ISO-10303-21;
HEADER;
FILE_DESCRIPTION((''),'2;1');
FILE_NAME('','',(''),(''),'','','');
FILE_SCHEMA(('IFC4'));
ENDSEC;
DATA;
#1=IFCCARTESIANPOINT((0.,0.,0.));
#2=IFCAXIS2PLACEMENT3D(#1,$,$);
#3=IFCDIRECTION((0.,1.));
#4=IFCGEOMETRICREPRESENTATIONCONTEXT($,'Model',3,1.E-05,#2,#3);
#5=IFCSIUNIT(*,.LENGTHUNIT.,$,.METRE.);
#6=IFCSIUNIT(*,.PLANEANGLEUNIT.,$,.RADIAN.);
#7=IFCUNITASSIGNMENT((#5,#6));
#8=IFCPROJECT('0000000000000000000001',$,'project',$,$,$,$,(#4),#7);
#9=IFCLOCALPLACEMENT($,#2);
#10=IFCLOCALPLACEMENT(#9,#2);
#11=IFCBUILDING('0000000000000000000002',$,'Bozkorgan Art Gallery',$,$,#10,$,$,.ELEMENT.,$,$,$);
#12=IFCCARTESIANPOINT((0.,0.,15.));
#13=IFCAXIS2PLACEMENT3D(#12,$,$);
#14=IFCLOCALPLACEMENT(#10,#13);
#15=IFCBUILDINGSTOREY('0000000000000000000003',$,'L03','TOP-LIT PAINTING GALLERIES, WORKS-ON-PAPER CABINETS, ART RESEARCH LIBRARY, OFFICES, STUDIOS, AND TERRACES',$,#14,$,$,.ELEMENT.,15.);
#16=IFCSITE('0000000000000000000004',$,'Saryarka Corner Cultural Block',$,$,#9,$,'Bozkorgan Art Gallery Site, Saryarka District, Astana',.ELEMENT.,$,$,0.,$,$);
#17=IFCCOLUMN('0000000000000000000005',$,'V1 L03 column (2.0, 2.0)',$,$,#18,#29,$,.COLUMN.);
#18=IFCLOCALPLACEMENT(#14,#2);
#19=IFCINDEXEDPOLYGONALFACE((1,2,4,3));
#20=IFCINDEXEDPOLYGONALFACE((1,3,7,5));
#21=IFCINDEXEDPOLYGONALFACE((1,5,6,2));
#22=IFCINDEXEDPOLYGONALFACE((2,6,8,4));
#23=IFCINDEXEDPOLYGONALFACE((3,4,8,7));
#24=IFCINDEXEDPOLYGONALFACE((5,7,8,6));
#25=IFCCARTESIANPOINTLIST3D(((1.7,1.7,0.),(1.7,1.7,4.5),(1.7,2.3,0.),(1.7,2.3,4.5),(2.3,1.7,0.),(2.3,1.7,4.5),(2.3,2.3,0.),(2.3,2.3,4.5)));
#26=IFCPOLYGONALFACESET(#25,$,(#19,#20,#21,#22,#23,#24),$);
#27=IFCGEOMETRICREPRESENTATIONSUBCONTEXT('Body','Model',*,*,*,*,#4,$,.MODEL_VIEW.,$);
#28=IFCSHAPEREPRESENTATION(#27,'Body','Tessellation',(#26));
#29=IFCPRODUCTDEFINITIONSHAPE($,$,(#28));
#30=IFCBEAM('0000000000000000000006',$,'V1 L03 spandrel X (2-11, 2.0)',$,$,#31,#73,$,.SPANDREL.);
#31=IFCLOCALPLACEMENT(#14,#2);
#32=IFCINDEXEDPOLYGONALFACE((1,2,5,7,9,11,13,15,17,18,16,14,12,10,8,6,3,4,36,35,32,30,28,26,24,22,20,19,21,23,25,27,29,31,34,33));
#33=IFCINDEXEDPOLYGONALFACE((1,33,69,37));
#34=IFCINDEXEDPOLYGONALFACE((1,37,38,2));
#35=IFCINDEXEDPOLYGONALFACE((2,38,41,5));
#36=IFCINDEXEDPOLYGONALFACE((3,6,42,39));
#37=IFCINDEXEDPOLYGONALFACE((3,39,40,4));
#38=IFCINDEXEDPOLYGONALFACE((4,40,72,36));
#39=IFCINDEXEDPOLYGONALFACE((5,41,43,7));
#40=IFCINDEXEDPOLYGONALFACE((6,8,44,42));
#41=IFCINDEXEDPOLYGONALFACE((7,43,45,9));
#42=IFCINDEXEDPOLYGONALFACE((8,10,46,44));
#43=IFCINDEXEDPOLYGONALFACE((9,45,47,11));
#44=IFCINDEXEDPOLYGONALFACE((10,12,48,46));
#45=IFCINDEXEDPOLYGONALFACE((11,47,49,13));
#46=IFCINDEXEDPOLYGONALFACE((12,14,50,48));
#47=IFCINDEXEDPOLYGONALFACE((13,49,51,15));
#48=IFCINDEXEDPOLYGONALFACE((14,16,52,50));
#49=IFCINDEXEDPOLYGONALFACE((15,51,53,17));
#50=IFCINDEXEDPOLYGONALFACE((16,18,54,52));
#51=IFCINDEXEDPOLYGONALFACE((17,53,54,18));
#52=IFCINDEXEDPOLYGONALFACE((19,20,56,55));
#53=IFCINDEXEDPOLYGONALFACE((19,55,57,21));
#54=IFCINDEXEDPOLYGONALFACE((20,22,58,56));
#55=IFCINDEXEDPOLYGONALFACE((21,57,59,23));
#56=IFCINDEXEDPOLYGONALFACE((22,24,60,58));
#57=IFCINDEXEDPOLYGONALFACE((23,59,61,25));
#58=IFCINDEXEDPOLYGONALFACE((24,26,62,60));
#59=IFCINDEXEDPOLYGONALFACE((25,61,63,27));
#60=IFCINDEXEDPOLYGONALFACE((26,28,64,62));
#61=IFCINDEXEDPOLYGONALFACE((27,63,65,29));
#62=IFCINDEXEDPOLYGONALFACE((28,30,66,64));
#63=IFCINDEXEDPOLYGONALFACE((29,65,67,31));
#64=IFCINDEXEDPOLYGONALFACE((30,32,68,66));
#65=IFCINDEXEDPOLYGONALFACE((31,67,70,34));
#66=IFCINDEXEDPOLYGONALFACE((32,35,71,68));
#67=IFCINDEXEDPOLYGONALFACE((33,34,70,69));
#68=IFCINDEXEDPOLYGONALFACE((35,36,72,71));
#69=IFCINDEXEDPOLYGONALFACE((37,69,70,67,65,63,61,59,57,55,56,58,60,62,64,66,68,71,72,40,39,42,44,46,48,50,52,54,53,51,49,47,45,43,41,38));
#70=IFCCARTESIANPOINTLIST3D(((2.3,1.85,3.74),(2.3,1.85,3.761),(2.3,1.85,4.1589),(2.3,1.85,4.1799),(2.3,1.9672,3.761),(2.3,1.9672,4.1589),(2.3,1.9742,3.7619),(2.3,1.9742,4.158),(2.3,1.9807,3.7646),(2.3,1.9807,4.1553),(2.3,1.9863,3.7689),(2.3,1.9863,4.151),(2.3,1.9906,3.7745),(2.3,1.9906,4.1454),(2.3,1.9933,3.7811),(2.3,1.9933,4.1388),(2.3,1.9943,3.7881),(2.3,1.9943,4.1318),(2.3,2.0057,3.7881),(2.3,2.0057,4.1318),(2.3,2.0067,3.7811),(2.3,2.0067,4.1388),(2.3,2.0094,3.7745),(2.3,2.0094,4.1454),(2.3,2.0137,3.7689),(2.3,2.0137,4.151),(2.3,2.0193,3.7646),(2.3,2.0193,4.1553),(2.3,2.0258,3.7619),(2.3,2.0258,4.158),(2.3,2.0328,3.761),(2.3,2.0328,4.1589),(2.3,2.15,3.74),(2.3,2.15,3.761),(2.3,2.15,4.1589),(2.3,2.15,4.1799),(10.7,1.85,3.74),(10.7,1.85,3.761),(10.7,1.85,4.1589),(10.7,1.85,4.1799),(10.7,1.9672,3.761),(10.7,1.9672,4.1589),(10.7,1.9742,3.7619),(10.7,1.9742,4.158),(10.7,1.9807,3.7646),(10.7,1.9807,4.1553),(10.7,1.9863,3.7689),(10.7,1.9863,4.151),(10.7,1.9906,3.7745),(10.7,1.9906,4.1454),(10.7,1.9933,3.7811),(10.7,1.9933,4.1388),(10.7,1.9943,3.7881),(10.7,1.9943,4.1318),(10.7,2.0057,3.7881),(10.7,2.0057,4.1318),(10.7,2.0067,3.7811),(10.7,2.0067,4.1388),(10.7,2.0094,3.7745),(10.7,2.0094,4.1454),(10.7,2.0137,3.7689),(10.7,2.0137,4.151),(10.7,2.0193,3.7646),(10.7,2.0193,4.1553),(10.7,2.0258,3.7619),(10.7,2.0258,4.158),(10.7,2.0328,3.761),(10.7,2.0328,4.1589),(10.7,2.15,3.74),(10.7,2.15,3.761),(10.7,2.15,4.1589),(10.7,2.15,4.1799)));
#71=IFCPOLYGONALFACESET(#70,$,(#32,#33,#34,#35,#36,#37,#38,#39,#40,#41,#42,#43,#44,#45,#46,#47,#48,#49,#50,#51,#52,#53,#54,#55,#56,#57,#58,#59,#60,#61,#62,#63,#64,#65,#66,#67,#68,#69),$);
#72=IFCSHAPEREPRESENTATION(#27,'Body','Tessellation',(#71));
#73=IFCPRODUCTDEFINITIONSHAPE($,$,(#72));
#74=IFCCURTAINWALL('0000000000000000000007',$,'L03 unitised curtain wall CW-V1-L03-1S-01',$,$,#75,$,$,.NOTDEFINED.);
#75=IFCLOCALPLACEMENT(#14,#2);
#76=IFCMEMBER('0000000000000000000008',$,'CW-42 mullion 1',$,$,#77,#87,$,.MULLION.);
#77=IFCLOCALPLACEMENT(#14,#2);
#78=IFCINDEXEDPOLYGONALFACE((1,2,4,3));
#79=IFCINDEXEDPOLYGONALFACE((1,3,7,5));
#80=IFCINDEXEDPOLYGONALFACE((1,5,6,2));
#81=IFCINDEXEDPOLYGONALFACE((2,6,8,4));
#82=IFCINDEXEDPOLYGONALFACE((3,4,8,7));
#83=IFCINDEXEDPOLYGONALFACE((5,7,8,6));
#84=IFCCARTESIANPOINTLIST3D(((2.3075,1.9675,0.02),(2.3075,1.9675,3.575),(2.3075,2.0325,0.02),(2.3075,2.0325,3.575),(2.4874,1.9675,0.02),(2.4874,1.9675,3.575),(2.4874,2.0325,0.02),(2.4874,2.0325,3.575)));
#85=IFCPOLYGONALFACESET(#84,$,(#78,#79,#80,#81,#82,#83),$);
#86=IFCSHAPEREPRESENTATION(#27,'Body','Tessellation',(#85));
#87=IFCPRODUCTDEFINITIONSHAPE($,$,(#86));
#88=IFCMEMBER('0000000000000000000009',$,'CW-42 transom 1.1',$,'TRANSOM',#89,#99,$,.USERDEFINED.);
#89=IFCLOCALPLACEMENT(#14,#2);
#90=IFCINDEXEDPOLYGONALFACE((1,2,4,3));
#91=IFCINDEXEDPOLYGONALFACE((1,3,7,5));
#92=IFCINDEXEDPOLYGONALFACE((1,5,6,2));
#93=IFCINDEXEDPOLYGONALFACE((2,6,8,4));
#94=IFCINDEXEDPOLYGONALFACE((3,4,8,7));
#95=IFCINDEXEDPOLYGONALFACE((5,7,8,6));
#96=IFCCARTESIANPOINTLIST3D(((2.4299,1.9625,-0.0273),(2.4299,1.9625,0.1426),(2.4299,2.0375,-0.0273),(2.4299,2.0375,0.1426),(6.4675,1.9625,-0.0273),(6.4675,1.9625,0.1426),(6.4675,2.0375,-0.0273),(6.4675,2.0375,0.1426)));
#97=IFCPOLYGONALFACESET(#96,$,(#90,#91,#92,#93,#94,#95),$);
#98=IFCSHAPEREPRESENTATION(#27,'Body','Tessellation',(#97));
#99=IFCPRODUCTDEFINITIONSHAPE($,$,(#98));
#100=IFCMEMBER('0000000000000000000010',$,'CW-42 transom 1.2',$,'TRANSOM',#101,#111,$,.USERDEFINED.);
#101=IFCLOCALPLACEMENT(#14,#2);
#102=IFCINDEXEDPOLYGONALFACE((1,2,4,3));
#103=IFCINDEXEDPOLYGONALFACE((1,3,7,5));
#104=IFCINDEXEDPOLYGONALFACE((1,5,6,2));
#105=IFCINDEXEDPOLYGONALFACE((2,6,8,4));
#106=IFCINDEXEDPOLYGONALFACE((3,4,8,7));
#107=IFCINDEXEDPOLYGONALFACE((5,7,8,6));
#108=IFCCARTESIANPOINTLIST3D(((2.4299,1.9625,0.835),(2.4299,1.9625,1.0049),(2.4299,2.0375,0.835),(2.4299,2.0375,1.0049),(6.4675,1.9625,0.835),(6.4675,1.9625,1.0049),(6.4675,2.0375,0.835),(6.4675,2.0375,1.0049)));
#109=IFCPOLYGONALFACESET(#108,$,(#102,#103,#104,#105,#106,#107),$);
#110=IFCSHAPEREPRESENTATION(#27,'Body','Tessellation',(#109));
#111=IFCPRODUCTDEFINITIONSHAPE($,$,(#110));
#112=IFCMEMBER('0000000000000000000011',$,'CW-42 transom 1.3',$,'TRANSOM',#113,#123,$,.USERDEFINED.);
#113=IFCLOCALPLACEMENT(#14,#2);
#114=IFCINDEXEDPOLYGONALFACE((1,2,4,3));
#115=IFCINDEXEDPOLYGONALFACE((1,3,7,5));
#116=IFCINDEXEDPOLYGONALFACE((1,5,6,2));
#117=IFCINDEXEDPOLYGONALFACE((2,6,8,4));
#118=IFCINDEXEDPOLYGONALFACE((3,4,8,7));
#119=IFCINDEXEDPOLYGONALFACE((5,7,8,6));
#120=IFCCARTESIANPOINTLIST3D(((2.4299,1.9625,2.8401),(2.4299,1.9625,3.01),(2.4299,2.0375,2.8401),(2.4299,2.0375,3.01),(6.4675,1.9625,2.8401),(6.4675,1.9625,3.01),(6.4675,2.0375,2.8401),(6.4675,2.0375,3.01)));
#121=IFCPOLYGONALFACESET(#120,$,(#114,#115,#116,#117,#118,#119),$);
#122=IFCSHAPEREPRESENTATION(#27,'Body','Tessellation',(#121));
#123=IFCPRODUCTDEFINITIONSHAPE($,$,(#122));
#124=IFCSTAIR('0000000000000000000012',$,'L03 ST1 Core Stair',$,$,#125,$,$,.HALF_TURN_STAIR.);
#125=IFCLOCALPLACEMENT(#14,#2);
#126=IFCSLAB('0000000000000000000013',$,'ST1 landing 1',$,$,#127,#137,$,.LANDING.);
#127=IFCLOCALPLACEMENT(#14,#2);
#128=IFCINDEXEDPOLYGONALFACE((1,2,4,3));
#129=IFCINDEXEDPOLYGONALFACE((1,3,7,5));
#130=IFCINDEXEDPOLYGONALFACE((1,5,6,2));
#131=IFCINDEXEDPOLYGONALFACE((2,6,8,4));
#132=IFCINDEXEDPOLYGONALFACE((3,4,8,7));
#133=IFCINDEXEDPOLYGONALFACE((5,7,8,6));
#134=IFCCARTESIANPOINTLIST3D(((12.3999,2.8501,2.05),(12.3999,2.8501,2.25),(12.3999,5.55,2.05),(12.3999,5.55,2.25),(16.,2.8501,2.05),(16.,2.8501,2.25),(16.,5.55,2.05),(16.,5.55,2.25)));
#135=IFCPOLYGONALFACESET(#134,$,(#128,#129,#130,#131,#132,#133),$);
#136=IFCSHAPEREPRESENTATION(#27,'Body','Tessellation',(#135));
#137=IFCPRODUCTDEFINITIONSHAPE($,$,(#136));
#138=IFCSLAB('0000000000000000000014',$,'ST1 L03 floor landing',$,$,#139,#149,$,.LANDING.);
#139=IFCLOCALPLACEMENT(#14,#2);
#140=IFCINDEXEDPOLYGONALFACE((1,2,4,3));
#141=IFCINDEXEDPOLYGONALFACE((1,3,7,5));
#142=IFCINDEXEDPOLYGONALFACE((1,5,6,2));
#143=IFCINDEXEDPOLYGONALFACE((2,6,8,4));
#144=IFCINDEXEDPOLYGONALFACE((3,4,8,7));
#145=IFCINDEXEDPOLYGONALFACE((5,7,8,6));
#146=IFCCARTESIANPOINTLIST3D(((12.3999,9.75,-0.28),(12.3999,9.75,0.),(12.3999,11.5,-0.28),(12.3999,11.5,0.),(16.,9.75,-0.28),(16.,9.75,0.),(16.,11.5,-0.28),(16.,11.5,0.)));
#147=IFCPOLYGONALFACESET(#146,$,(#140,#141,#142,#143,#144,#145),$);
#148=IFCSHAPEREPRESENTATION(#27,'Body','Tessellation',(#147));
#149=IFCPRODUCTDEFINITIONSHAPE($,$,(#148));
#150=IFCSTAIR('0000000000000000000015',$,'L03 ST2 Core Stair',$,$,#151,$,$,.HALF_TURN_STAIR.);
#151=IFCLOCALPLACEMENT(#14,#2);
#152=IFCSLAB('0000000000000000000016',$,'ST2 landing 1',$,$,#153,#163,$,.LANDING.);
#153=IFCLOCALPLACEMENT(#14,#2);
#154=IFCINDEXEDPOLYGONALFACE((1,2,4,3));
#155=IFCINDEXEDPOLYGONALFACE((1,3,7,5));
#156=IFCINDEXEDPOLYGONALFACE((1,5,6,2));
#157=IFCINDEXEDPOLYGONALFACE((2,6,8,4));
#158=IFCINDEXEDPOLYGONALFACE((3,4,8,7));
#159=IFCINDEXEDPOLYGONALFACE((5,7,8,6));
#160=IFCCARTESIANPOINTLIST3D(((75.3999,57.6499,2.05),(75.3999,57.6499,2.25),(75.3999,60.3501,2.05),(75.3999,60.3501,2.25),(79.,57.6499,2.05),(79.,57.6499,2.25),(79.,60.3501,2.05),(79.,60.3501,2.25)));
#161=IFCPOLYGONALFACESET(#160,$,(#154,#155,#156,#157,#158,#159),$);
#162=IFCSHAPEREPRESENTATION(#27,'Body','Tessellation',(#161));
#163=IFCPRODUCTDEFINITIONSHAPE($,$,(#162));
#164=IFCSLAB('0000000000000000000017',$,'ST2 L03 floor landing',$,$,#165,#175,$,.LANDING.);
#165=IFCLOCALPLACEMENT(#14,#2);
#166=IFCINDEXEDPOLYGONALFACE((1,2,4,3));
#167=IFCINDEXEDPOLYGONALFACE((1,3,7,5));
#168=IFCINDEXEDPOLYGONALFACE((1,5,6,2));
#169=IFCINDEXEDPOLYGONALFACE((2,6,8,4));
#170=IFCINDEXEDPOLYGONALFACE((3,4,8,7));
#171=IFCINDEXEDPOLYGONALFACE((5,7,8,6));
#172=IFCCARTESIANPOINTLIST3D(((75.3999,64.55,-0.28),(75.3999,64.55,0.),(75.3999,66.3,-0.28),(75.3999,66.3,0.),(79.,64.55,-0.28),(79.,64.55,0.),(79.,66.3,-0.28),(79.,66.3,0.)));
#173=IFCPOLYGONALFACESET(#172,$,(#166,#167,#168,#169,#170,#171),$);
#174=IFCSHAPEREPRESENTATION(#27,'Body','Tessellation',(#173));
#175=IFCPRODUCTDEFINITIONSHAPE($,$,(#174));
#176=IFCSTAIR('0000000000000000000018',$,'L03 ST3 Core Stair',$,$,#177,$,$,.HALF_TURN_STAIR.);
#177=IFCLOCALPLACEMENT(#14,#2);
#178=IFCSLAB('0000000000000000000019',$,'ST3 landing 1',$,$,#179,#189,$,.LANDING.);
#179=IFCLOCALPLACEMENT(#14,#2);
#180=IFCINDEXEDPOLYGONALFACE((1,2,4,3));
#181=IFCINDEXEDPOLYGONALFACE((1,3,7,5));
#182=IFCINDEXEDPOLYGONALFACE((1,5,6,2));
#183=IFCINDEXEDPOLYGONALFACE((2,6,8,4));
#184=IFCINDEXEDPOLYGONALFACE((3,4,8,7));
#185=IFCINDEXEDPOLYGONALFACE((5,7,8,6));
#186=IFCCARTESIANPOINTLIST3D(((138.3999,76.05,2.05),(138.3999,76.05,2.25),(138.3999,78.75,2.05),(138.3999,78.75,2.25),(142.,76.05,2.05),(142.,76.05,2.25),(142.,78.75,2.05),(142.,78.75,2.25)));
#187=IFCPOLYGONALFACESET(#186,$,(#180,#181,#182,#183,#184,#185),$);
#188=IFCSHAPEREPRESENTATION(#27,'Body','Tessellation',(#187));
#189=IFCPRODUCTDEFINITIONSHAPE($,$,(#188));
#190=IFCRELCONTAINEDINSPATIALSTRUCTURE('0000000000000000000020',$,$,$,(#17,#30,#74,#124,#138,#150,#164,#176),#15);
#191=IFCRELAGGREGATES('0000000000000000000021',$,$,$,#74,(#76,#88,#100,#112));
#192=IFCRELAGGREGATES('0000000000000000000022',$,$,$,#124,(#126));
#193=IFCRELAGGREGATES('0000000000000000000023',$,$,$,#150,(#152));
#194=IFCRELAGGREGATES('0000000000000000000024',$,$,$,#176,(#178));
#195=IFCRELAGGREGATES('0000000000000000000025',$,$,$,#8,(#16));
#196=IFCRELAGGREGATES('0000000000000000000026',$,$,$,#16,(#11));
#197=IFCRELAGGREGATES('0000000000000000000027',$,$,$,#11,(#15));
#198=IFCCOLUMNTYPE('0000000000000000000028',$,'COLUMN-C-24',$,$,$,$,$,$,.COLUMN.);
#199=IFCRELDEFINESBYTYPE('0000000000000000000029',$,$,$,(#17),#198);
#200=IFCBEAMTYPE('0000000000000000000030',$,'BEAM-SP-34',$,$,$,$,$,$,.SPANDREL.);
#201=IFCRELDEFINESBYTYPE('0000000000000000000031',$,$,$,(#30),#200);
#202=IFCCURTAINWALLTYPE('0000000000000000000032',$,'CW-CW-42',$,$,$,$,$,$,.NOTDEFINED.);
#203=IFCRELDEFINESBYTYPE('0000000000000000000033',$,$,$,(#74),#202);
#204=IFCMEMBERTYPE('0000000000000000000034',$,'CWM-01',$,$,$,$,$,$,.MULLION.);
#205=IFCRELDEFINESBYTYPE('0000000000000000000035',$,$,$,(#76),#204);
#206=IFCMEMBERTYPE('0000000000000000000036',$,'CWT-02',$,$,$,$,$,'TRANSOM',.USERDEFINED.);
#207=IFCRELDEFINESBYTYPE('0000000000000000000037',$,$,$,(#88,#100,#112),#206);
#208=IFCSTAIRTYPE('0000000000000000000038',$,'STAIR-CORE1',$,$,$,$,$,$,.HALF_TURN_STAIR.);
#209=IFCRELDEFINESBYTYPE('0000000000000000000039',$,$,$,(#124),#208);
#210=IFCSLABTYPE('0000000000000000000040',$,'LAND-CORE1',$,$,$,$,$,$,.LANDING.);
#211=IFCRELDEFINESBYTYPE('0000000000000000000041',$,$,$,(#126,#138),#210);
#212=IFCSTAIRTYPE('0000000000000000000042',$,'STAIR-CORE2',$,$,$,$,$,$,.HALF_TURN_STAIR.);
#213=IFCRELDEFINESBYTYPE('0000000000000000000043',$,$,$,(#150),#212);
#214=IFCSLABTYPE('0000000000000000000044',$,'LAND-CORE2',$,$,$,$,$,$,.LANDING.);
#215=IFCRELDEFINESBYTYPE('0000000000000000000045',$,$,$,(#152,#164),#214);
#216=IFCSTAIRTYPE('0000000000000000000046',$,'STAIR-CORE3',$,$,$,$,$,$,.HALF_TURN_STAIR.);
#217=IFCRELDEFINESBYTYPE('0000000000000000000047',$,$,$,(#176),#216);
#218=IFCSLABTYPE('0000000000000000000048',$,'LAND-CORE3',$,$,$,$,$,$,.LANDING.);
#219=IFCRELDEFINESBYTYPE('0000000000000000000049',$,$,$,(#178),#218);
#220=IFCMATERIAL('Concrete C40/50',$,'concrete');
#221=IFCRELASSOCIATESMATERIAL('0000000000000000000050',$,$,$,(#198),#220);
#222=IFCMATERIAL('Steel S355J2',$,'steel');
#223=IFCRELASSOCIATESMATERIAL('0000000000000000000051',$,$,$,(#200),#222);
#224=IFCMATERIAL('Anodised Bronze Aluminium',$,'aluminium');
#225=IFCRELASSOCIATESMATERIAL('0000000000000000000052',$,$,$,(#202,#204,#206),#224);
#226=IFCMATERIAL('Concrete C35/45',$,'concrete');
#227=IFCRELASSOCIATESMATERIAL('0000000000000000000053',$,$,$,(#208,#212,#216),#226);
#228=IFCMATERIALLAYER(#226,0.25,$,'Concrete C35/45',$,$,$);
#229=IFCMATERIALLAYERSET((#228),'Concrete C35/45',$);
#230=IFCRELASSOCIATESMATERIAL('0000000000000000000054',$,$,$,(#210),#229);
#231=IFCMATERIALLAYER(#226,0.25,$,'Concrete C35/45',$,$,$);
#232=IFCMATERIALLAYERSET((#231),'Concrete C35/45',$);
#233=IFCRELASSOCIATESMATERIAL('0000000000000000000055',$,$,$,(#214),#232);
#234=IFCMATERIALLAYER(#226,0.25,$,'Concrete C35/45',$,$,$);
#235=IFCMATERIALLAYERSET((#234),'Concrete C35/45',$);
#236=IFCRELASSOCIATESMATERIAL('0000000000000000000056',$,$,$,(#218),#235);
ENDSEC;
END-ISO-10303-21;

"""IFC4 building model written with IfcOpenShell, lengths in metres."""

from ifc_helpers import new_model, si_unit, direction, frame, origin, origin_2d, place, context, subcontext, project, spatial, polyline, rectangle, i_section, outline, extrude, material, layer, layer_set, material_profile, profile_set, type_object, element, aggregate, save


model = new_model("IFC4")

# Units and contexts
model_context = context("Model", 3, precision=1e-05, world=origin(), true_north=direction((0.0, 1.0)))
body_context = subcontext(model_context, "Body", "Model", "MODEL_VIEW")
ifc_project = project(units=[si_unit("LENGTHUNIT", "METRE"), si_unit("PLANEANGLEUNIT", "RADIAN")], contexts=[model_context])

# Site, building, storey
site_placement = place(None, origin())
site = spatial("IfcSite", under=ifc_project, at=site_placement, Name="Saryarka Corner Cultural Block", LongName="Bozkorgan Art Gallery Site, Saryarka District, Astana", CompositionType="ELEMENT", RefElevation=0.0)
building_placement = place(site_placement, origin())
building = spatial("IfcBuilding", under=site, at=building_placement, Name="Bozkorgan Art Gallery", CompositionType="ELEMENT")
storey_placement = place(building_placement, frame((0.0, 0.0, 15.0)))
storey = spatial("IfcBuildingStorey", under=building, at=storey_placement, Name="L03", Description="TOP-LIT PAINTING GALLERIES, WORKS-ON-PAPER CABINETS, ART RESEARCH LIBRARY, OFFICES, STUDIOS, AND TERRACES", CompositionType="ELEMENT", Elevation=15.0)

# Column
ifc_material_1 = material(Name="Concrete C40/50", Category="concrete")
ifc_material_profile_1 = material_profile(ifc_material_1, rectangle(XDim=0.6001, YDim=0.6001, at=origin_2d()), Name="RC 600x600")
ifc_profile_set_1 = profile_set([ifc_material_profile_1], Name="Concrete C40/50")
column_type = type_object("IfcColumnType", Name="COLUMN-C-24", PredefinedType="COLUMN", material=ifc_profile_set_1)
column_placement = place(storey_placement, frame((2.0, 2.0, 0.0), z_axis=(0.0, 0.0, 1.0), x_axis=(1.0, 0.0, 0.0)))
element("IfcColumn", 1, at=column_placement, inside=storey, type_object=column_type, Name="V1 L03 column (2.0, 2.0)", PredefinedType="COLUMN", context=body_context, shape_type="SweptSolid", body=[
    extrude(rectangle(XDim=0.6001, YDim=0.6001, at=origin_2d()), origin(), (0.0, 0.0, 1.0), 4.5),
])

# Beam
ifc_material_2 = material(Name="Steel S355J2", Category="steel")
ifc_material_profile_2 = material_profile(ifc_material_2, i_section(OverallWidth=0.3, OverallDepth=0.4399, WebThickness=0.0115, FlangeThickness=0.021, FilletRadius=0.0271, at=origin_2d()), Name="HEA 450")
ifc_profile_set_2 = profile_set([ifc_material_profile_2], Name="Steel S355J2")
beam_type = type_object("IfcBeamType", Name="BEAM-SP-34", PredefinedType="SPANDREL", material=ifc_profile_set_2)
beam_placement = place(storey_placement, frame((2.3, 2.0, 3.96), z_axis=(1.0, 0.0, 0.0), x_axis=(0.0, 1.0, 0.0)))
element("IfcBeam", 2, at=beam_placement, inside=storey, type_object=beam_type, Name="V1 L03 spandrel X (2-11, 2.0)", PredefinedType="SPANDREL", context=body_context, shape_type="SweptSolid", body=[
    extrude(i_section(OverallWidth=0.3, OverallDepth=0.4399, WebThickness=0.0115, FlangeThickness=0.021, FilletRadius=0.0271, at=origin_2d()), origin(), (0.0, 0.0, 1.0), 8.3999),
])

# Curtain wall, members
ifc_material_3 = material(Name="Anodised Bronze Aluminium", Category="aluminium")
curtain_wall_type = type_object("IfcCurtainWallType", Name="CW-CW-42", PredefinedType="NOTDEFINED", material=ifc_material_3)
curtain_wall_placement = place(storey_placement, origin())
curtain_wall = element("IfcCurtainWall", 3, at=curtain_wall_placement, inside=storey, type_object=curtain_wall_type, Name="L03 unitised curtain wall CW-V1-L03-1S-01", PredefinedType="NOTDEFINED")
ifc_material_profile_3 = material_profile(ifc_material_3, rectangle(XDim=0.0649, YDim=0.1799, at=origin_2d()), Name="ALU MULLION 65x180")
ifc_profile_set_3 = profile_set([ifc_material_profile_3], Name="Anodised Bronze Aluminium")
member_type_1 = type_object("IfcMemberType", Name="CWM-01", PredefinedType="MULLION", material=ifc_profile_set_3)
member_1_placement = place(storey_placement, frame((2.3975, 2.0, 0.02), z_axis=(0.0, 0.0, 1.0), x_axis=(0.0, 1.0, 0.0)))
member_1 = element("IfcMember", 4, at=member_1_placement, type_object=member_type_1, Name="CW-42 mullion 1", PredefinedType="MULLION", context=body_context, shape_type="SweptSolid", body=[
    extrude(rectangle(XDim=0.0649, YDim=0.1799, at=origin_2d()), origin(), (0.0, 0.0, 1.0), 3.5549),
])
ifc_material_profile_4 = material_profile(ifc_material_3, rectangle(XDim=0.075, YDim=0.1699, at=origin_2d()), Name="ALU TRANSOM 75x170")
ifc_profile_set_4 = profile_set([ifc_material_profile_4], Name="Anodised Bronze Aluminium")
member_type_2 = type_object("IfcMemberType", Name="CWT-02", ElementType="TRANSOM", PredefinedType="USERDEFINED", material=ifc_profile_set_4)
member_2_placement = place(storey_placement, frame((2.4299, 2.0, 0.0576), z_axis=(1.0, 0.0, 0.0), x_axis=(0.0, 1.0, 0.0)))
member_2 = element("IfcMember", 5, at=member_2_placement, type_object=member_type_2, Name="CW-42 transom 1.1", ObjectType="TRANSOM", PredefinedType="USERDEFINED", context=body_context, shape_type="SweptSolid", body=[
    extrude(rectangle(XDim=0.075, YDim=0.1699, at=origin_2d()), origin(), (0.0, 0.0, 1.0), 4.0376),
])
member_3_placement = place(storey_placement, frame((2.4299, 2.0, 0.9199), z_axis=(1.0, 0.0, 0.0), x_axis=(0.0, 1.0, 0.0)))
member_3 = element("IfcMember", 6, at=member_3_placement, type_object=member_type_2, Name="CW-42 transom 1.2", ObjectType="TRANSOM", PredefinedType="USERDEFINED", context=body_context, shape_type="SweptSolid", body=[
    extrude(rectangle(XDim=0.075, YDim=0.1699, at=origin_2d()), origin(), (0.0, 0.0, 1.0), 4.0376),
])
member_4_placement = place(storey_placement, frame((2.4299, 2.0, 2.925), z_axis=(1.0, 0.0, 0.0), x_axis=(0.0, 1.0, 0.0)))
member_4 = element("IfcMember", 7, at=member_4_placement, type_object=member_type_2, Name="CW-42 transom 1.3", ObjectType="TRANSOM", PredefinedType="USERDEFINED", context=body_context, shape_type="SweptSolid", body=[
    extrude(rectangle(XDim=0.075, YDim=0.1699, at=origin_2d()), origin(), (0.0, 0.0, 1.0), 4.0376),
])
aggregate(curtain_wall, [member_1, member_2, member_3, member_4])

# Stair, slab
ifc_material_4 = material(Name="Concrete C35/45", Category="concrete")
stair_type_1 = type_object("IfcStairType", Name="STAIR-CORE1", PredefinedType="HALF_TURN_STAIR", material=ifc_material_4)
stair_1_placement = place(storey_placement, origin())
stair_1 = element("IfcStair", 8, at=stair_1_placement, inside=storey, type_object=stair_type_1, Name="L03 ST1 Core Stair", PredefinedType="HALF_TURN_STAIR")
ifc_layer_1 = layer(ifc_material_4, 0.25, Name="Concrete C35/45")
ifc_layer_set_1 = layer_set([ifc_layer_1], Name="Concrete C35/45")
slab_type_1 = type_object("IfcSlabType", Name="LAND-CORE1", PredefinedType="LANDING", material=ifc_layer_set_1)
slab_1_placement = place(storey_placement, frame((0.0, 0.0, 2.05)))
slab_1 = element("IfcSlab", 9, at=slab_1_placement, type_object=slab_type_1, Name="ST1 landing 1", PredefinedType="LANDING", context=body_context, shape_type="SweptSolid", body=[
    extrude(outline(polyline([(12.3999, 5.55), (12.3999, 2.8501), (16.0, 2.8501), (16.0, 5.55), (12.3999, 5.55)])), origin(), (0.0, 0.0, 1.0), 0.2),
])
aggregate(stair_1, [slab_1])

# Slab
slab_2_placement = place(storey_placement, frame((0.0, 0.0, -0.28)))
element("IfcSlab", 10, at=slab_2_placement, inside=storey, type_object=slab_type_1, Name="ST1 L03 floor landing", PredefinedType="LANDING", context=body_context, shape_type="SweptSolid", body=[
    extrude(outline(polyline([(12.3999, 9.75), (16.0, 9.75), (16.0, 11.5), (12.3999, 11.5), (12.3999, 9.75)])), origin(), (0.0, 0.0, 1.0), 0.28),
])

# Stair, slab
stair_type_2 = type_object("IfcStairType", Name="STAIR-CORE2", PredefinedType="HALF_TURN_STAIR", material=ifc_material_4)
stair_2_placement = place(storey_placement, origin())
stair_2 = element("IfcStair", 11, at=stair_2_placement, inside=storey, type_object=stair_type_2, Name="L03 ST2 Core Stair", PredefinedType="HALF_TURN_STAIR")
ifc_layer_2 = layer(ifc_material_4, 0.25, Name="Concrete C35/45")
ifc_layer_set_2 = layer_set([ifc_layer_2], Name="Concrete C35/45")
slab_type_2 = type_object("IfcSlabType", Name="LAND-CORE2", PredefinedType="LANDING", material=ifc_layer_set_2)
slab_3_placement = place(storey_placement, frame((0.0, 0.0, 2.05)))
slab_3 = element("IfcSlab", 12, at=slab_3_placement, type_object=slab_type_2, Name="ST2 landing 1", PredefinedType="LANDING", context=body_context, shape_type="SweptSolid", body=[
    extrude(outline(polyline([(75.3999, 60.3501), (75.3999, 57.6499), (79.0, 57.6499), (79.0, 60.3501), (75.3999, 60.3501)])), origin(), (0.0, 0.0, 1.0), 0.2),
])
aggregate(stair_2, [slab_3])

# Slab
slab_4_placement = place(storey_placement, frame((0.0, 0.0, -0.28)))
element("IfcSlab", 13, at=slab_4_placement, inside=storey, type_object=slab_type_2, Name="ST2 L03 floor landing", PredefinedType="LANDING", context=body_context, shape_type="SweptSolid", body=[
    extrude(outline(polyline([(75.3999, 64.55), (79.0, 64.55), (79.0, 66.3), (75.3999, 66.3), (75.3999, 64.55)])), origin(), (0.0, 0.0, 1.0), 0.28),
])

# Stair, slab
stair_type_3 = type_object("IfcStairType", Name="STAIR-CORE3", PredefinedType="HALF_TURN_STAIR", material=ifc_material_4)
stair_3_placement = place(storey_placement, origin())
stair_3 = element("IfcStair", 14, at=stair_3_placement, inside=storey, type_object=stair_type_3, Name="L03 ST3 Core Stair", PredefinedType="HALF_TURN_STAIR")
ifc_layer_3 = layer(ifc_material_4, 0.25, Name="Concrete C35/45")
ifc_layer_set_3 = layer_set([ifc_layer_3], Name="Concrete C35/45")
slab_type_3 = type_object("IfcSlabType", Name="LAND-CORE3", PredefinedType="LANDING", material=ifc_layer_set_3)
slab_5_placement = place(storey_placement, frame((0.0, 0.0, 2.05)))
slab_5 = element("IfcSlab", 15, at=slab_5_placement, type_object=slab_type_3, Name="ST3 landing 1", PredefinedType="LANDING", context=body_context, shape_type="SweptSolid", body=[
    extrude(outline(polyline([(138.3999, 78.75), (138.3999, 76.05), (142.0, 76.05), (142.0, 78.75), (138.3999, 78.75)])), origin(), (0.0, 0.0, 1.0), 0.2),
])
aggregate(stair_3, [slab_5])

save(model, "model.ifc")
